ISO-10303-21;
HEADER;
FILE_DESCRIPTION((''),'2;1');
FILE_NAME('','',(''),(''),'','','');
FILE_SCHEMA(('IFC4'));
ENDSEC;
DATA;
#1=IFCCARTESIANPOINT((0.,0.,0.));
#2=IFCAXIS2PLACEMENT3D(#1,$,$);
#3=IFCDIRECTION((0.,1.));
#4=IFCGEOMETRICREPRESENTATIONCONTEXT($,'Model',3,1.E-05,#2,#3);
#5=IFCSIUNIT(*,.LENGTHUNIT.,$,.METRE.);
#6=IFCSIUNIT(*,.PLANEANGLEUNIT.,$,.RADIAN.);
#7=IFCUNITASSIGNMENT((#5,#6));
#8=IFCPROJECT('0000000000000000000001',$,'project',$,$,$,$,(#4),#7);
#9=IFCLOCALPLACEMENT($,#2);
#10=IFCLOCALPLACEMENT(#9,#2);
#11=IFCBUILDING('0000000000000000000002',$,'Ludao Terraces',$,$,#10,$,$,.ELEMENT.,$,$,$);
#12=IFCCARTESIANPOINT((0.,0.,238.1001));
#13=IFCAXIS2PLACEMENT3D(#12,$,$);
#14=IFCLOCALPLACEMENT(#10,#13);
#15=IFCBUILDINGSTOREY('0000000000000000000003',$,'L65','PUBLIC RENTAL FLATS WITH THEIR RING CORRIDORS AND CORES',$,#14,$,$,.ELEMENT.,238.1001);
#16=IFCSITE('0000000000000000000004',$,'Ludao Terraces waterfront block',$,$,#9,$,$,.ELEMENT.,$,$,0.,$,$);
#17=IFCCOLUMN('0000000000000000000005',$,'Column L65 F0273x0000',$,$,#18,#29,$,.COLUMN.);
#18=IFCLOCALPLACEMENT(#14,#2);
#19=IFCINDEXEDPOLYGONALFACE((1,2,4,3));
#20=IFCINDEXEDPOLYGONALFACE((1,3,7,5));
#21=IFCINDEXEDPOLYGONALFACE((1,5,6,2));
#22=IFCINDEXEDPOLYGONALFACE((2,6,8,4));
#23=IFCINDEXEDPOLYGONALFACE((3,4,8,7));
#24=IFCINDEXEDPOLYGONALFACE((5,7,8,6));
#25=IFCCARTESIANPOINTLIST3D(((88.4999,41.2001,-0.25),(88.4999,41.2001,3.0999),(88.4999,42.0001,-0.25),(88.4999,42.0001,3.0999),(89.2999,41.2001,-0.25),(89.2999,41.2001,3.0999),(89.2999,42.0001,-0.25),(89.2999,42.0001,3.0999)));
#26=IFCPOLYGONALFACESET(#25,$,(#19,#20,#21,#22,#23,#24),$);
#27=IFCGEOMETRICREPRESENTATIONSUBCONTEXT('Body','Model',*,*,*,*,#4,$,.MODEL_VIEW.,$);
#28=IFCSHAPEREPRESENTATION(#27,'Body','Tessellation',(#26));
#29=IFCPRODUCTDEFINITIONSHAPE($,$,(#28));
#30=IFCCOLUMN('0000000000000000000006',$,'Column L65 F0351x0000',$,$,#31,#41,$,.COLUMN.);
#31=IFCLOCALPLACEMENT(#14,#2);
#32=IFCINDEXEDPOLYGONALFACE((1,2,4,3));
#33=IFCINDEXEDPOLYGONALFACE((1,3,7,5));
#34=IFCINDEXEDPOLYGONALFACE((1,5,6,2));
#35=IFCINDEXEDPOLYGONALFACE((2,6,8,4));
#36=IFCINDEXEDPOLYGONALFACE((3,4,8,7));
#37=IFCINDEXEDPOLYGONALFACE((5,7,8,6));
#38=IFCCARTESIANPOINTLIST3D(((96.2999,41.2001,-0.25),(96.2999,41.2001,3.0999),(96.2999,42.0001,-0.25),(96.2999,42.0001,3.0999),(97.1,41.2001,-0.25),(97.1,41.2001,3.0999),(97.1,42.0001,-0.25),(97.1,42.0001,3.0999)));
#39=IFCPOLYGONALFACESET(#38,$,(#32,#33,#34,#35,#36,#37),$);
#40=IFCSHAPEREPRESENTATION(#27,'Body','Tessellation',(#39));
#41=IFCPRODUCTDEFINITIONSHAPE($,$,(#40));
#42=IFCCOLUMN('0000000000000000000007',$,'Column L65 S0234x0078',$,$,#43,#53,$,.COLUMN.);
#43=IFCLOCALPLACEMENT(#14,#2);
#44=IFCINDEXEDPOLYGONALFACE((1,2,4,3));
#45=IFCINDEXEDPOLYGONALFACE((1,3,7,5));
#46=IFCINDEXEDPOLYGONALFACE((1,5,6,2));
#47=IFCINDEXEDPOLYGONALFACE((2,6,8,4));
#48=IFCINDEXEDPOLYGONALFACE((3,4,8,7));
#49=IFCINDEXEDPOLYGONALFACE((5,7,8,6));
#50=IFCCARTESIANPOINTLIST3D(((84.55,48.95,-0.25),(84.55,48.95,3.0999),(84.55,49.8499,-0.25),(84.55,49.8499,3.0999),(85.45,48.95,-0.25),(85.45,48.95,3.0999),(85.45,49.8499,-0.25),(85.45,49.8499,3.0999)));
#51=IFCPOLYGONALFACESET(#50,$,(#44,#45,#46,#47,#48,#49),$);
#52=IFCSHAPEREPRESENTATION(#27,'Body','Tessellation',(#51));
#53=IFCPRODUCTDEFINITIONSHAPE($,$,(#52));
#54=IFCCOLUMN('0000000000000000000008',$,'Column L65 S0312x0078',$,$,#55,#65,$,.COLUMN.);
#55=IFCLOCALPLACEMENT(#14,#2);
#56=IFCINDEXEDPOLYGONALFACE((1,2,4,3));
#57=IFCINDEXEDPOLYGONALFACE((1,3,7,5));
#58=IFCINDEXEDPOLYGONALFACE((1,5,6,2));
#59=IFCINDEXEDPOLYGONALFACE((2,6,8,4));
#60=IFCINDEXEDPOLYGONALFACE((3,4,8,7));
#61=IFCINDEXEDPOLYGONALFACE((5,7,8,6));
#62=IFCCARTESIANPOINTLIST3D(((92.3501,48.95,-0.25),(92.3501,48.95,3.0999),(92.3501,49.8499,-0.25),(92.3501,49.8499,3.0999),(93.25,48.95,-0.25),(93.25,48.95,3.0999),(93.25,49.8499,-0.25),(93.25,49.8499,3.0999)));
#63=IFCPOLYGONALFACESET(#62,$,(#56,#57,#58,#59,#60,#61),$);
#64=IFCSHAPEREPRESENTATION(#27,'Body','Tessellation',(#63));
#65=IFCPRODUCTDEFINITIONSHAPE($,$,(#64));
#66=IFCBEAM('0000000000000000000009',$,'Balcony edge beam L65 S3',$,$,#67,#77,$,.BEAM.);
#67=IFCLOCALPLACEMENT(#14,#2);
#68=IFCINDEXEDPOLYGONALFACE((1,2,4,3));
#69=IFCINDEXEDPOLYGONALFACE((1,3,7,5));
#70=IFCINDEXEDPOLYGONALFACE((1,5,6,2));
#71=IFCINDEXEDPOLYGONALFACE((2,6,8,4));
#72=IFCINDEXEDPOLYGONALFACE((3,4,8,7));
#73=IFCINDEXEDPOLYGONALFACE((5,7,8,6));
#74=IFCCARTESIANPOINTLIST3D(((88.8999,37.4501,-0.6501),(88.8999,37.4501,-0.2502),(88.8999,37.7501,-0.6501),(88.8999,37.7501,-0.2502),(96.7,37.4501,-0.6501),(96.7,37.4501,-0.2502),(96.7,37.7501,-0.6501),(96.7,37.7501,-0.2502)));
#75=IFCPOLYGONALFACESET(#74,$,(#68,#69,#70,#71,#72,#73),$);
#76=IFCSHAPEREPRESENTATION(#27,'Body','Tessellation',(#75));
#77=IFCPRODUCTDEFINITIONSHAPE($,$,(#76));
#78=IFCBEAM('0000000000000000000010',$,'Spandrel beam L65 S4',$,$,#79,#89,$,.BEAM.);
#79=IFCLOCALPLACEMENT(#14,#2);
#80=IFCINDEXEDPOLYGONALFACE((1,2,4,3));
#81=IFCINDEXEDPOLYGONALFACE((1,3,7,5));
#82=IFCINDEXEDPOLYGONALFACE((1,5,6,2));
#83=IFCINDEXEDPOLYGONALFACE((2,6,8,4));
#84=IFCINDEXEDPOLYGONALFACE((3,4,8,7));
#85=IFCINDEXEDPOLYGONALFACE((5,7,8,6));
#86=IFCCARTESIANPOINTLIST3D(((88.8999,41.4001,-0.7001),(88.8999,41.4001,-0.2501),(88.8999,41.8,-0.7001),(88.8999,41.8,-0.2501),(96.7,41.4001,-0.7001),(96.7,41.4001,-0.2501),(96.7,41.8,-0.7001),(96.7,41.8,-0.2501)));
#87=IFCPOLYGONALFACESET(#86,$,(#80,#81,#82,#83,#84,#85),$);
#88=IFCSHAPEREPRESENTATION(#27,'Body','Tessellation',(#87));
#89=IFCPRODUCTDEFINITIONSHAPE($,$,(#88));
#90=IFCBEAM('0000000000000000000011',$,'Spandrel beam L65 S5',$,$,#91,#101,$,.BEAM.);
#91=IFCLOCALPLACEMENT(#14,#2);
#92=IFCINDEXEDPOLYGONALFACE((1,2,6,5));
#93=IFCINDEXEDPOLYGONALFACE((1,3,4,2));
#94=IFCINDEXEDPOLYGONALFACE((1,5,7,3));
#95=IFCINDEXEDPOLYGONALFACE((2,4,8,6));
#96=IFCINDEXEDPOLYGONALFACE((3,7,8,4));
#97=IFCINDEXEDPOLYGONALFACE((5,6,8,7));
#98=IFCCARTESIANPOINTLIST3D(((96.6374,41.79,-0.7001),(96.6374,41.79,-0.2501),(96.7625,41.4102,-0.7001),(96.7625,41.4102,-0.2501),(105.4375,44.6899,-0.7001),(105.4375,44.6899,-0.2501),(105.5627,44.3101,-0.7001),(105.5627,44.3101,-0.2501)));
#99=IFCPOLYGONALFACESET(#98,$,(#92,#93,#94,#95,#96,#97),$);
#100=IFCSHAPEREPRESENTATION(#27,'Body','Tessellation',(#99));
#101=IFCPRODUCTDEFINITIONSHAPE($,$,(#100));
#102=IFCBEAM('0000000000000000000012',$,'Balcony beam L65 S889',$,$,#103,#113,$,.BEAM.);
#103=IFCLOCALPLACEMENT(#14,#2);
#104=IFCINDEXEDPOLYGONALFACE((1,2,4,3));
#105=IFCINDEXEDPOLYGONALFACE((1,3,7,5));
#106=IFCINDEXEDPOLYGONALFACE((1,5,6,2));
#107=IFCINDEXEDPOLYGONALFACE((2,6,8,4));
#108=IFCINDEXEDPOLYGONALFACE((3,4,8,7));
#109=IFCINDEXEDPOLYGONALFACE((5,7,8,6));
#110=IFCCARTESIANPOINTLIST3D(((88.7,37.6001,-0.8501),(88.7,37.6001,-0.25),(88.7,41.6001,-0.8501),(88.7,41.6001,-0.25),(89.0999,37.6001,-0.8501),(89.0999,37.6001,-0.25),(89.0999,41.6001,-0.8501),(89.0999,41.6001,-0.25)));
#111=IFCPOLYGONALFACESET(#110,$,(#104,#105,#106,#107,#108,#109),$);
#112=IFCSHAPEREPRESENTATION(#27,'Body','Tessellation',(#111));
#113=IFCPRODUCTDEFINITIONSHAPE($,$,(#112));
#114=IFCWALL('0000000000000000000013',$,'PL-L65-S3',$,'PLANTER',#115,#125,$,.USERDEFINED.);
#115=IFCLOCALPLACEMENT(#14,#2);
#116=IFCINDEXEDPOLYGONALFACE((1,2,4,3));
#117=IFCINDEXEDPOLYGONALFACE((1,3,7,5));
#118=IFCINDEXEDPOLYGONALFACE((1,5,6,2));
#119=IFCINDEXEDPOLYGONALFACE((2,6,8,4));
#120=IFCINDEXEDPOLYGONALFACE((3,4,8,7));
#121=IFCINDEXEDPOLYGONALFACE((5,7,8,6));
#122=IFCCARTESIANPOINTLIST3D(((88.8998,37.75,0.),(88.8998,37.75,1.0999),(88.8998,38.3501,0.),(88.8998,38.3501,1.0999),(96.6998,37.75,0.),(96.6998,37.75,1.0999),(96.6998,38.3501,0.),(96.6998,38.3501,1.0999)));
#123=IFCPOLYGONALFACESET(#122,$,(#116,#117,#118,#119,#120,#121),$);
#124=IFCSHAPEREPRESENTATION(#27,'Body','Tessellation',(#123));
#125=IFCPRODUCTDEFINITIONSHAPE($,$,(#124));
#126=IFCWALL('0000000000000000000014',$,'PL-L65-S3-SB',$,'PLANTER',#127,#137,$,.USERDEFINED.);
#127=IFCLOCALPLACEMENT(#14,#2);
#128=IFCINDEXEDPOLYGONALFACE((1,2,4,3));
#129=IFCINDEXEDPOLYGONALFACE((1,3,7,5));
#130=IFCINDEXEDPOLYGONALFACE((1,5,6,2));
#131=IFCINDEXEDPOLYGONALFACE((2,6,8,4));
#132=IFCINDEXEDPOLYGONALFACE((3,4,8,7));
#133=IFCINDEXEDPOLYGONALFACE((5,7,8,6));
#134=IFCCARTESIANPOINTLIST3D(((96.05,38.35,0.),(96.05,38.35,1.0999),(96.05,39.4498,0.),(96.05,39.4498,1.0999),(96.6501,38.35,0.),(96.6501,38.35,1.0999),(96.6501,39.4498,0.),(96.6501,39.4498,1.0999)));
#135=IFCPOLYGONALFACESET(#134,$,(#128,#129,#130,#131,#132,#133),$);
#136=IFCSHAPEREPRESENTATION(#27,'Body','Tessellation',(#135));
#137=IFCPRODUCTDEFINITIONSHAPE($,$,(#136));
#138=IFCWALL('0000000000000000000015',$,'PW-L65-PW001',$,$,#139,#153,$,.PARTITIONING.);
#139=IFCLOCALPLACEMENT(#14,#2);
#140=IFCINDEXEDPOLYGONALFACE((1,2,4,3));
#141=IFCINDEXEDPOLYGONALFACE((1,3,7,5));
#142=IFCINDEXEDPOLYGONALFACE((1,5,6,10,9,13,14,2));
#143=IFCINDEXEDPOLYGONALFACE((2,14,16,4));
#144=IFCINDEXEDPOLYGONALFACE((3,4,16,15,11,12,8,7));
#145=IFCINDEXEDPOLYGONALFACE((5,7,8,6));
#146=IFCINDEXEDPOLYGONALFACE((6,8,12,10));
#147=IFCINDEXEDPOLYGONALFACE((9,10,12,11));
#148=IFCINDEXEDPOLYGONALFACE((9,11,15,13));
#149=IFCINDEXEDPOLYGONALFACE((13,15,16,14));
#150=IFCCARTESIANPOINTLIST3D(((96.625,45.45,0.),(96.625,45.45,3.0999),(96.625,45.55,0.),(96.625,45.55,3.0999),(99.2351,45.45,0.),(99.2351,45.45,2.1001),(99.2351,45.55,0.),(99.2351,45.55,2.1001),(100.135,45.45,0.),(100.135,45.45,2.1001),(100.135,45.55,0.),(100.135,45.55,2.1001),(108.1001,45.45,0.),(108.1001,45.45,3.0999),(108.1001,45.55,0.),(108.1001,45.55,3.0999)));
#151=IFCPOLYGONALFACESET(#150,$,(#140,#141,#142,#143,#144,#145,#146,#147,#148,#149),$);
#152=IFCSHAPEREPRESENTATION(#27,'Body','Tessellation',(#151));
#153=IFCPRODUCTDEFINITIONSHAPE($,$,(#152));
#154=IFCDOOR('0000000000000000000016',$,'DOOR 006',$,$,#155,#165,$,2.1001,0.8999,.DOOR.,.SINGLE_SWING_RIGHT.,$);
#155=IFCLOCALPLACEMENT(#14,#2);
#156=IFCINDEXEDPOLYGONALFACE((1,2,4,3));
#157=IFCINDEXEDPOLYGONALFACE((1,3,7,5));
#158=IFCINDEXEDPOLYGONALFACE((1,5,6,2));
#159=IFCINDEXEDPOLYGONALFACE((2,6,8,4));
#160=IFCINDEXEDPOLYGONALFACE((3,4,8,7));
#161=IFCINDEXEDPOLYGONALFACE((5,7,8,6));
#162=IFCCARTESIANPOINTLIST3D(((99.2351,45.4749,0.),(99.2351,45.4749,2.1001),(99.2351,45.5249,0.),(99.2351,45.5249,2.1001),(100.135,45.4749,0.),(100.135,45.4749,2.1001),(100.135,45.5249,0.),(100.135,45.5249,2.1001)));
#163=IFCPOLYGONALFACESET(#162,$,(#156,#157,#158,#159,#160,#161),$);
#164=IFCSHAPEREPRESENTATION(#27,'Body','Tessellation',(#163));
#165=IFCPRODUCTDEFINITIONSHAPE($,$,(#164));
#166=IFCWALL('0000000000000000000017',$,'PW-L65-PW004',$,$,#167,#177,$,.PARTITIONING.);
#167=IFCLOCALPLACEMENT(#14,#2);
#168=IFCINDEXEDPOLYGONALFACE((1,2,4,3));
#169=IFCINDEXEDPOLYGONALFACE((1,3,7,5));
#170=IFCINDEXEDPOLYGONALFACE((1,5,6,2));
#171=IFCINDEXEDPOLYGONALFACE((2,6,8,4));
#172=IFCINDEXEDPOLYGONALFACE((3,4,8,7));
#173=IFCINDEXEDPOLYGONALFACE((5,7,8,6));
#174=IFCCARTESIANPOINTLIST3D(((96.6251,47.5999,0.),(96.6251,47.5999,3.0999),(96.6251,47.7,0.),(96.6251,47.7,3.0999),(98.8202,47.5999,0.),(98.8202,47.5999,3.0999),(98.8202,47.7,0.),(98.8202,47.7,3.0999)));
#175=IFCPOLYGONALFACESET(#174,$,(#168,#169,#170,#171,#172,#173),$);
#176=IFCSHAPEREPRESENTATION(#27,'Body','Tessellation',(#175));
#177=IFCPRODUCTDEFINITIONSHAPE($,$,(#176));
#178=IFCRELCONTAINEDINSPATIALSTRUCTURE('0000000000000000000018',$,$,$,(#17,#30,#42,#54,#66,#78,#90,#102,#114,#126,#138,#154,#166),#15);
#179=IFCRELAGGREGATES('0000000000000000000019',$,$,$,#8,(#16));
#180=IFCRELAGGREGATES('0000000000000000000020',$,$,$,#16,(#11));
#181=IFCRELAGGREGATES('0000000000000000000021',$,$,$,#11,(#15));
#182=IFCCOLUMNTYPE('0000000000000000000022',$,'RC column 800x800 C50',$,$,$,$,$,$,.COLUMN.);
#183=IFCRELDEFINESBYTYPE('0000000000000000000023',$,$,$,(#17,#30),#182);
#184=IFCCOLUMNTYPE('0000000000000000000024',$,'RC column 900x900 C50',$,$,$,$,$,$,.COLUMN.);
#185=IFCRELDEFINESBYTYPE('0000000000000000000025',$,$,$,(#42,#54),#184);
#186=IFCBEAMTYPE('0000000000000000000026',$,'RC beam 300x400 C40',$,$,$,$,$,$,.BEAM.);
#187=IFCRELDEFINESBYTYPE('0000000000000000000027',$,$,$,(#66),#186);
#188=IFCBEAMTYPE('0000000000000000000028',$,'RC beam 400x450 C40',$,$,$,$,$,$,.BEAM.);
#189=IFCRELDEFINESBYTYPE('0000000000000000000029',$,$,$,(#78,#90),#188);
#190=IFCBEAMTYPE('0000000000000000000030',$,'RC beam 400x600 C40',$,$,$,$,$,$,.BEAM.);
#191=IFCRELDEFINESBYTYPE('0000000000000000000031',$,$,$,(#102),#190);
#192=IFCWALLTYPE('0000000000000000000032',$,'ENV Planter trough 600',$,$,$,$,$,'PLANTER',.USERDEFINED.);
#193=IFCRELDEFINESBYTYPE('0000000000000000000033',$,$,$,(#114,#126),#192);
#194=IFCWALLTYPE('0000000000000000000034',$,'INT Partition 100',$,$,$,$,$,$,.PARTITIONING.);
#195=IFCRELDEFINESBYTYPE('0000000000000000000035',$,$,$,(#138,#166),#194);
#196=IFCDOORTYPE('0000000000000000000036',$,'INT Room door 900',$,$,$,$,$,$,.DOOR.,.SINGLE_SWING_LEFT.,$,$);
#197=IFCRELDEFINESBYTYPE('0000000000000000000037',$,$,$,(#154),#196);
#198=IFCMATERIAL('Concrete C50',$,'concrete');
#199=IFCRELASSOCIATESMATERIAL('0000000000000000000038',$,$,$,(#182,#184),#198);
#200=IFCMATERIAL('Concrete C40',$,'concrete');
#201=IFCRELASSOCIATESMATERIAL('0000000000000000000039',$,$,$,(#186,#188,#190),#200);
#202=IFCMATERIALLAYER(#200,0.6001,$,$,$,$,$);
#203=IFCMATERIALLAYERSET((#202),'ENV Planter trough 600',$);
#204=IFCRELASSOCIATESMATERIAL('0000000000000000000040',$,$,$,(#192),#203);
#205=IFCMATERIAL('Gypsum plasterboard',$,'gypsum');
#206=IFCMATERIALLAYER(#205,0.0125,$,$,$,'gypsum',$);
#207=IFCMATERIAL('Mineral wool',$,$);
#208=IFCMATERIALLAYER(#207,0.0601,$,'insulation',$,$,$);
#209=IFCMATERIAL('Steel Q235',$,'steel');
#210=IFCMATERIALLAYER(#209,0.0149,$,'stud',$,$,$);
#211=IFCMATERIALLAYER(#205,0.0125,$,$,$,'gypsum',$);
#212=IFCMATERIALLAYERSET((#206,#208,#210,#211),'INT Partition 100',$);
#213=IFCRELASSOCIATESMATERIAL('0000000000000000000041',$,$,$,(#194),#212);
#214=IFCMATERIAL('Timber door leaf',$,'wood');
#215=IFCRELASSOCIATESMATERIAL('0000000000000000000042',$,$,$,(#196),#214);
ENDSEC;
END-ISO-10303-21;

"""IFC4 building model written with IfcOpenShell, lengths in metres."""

from ifc_helpers import new_model, si_unit, direction, frame, frame_2d, origin, origin_2d, place, context, subcontext, project, spatial, rectangle, extrude, material, layer, layer_set, material_profile, profile_set, type_object, element, fill, save


model = new_model("IFC4")

# Units and contexts
model_context = context("Model", 3, precision=1e-05, world=origin(), true_north=direction((0.0, 1.0)))
body_context = subcontext(model_context, "Body", "Model", "MODEL_VIEW")
ifc_project = project(units=[si_unit("LENGTHUNIT", "METRE"), si_unit("PLANEANGLEUNIT", "RADIAN")], contexts=[model_context])

# Site, building, storey
site_placement = place(None, origin())
site = spatial("IfcSite", under=ifc_project, at=site_placement, Name="Ludao Terraces waterfront block", CompositionType="ELEMENT", RefElevation=0.0)
building_placement = place(site_placement, origin())
building = spatial("IfcBuilding", under=site, at=building_placement, Name="Ludao Terraces", CompositionType="ELEMENT")
storey_placement = place(building_placement, frame((0.0, 0.0, 238.1001)))
storey = spatial("IfcBuildingStorey", under=building, at=storey_placement, Name="L65", Description="PUBLIC RENTAL FLATS WITH THEIR RING CORRIDORS AND CORES", CompositionType="ELEMENT", Elevation=238.1001)

# Columns
ifc_material_1 = material(Name="Concrete C50", Category="concrete")
ifc_material_profile_1 = material_profile(ifc_material_1, rectangle(XDim=0.8, YDim=0.8, at=origin_2d()), Name="800 X 800")
ifc_profile_set_1 = profile_set([ifc_material_profile_1], Name="Concrete C50")
column_type_1 = type_object("IfcColumnType", Name="RC column 800x800 C50", PredefinedType="COLUMN", material=ifc_profile_set_1)
for number, where, z_axis, x_axis, name in (
    (1, (88.8999, 41.6001, -0.25), (0.0, 0.0, 1.0), (1.0, 0.0, 0.0), "Column L65 F0273x0000"),
    (2, (96.7, 41.6001, -0.25), (0.0, 0.0, 1.0), (1.0, 0.0, 0.0), "Column L65 F0351x0000"),
):
    element("IfcColumn", number, at=place(storey_placement, frame(where, z_axis=z_axis, x_axis=x_axis)), inside=storey, type_object=column_type_1, Name=name, PredefinedType="COLUMN", context=body_context, shape_type="SweptSolid", body=[
        extrude(rectangle(XDim=0.8, YDim=0.8, at=origin_2d()), origin(), (0.0, 0.0, 1.0), 3.3499),
    ])
ifc_material_profile_2 = material_profile(ifc_material_1, rectangle(XDim=0.8999, YDim=0.8999, at=origin_2d()), Name="900 X 900")
ifc_profile_set_2 = profile_set([ifc_material_profile_2], Name="Concrete C50")
column_type_2 = type_object("IfcColumnType", Name="RC column 900x900 C50", PredefinedType="COLUMN", material=ifc_profile_set_2)
for number, where, z_axis, x_axis, name in (
    (3, (85.0, 49.3999, -0.25), (0.0, 0.0, 1.0), (1.0, 0.0, 0.0), "Column L65 S0234x0078"),
    (4, (92.8, 49.3999, -0.25), (0.0, 0.0, 1.0), (1.0, 0.0, 0.0), "Column L65 S0312x0078"),
):
    element("IfcColumn", number, at=place(storey_placement, frame(where, z_axis=z_axis, x_axis=x_axis)), inside=storey, type_object=column_type_2, Name=name, PredefinedType="COLUMN", context=body_context, shape_type="SweptSolid", body=[
        extrude(rectangle(XDim=0.8999, YDim=0.8999, at=origin_2d()), origin(), (0.0, 0.0, 1.0), 3.3499),
    ])

# Beams
ifc_material_2 = material(Name="Concrete C40", Category="concrete")
ifc_material_profile_3 = material_profile(ifc_material_2, rectangle(XDim=0.3, YDim=0.3999, at=origin_2d()), Name="300 X 400")
ifc_profile_set_3 = profile_set([ifc_material_profile_3], Name="Concrete C40")
beam_type_1 = type_object("IfcBeamType", Name="RC beam 300x400 C40", PredefinedType="BEAM", material=ifc_profile_set_3)
beam_1_placement = place(storey_placement, frame((88.8999, 37.6001, -0.4502), z_axis=(1.0, 0.0, 0.0), x_axis=(0.0, 1.0, 0.0)))
element("IfcBeam", 5, at=beam_1_placement, inside=storey, type_object=beam_type_1, Name="Balcony edge beam L65 S3", PredefinedType="BEAM", context=body_context, shape_type="SweptSolid", body=[
    extrude(rectangle(XDim=0.3, YDim=0.3999, at=origin_2d()), origin(), (0.0, 0.0, 1.0), 7.8),
])
ifc_material_profile_4 = material_profile(ifc_material_2, rectangle(XDim=0.3999, YDim=0.45, at=origin_2d()), Name="400 X 450")
ifc_profile_set_4 = profile_set([ifc_material_profile_4], Name="Concrete C40")
beam_type_2 = type_object("IfcBeamType", Name="RC beam 400x450 C40", PredefinedType="BEAM", material=ifc_profile_set_4)
beam_2_placement = place(storey_placement, frame((88.8999, 41.6001, -0.4751), z_axis=(1.0, 0.0, 0.0), x_axis=(0.0, 1.0, 0.0)))
element("IfcBeam", 6, at=beam_2_placement, inside=storey, type_object=beam_type_2, Name="Spandrel beam L65 S4", PredefinedType="BEAM", context=body_context, shape_type="SweptSolid", body=[
    extrude(rectangle(XDim=0.3999, YDim=0.45, at=origin_2d()), origin(), (0.0, 0.0, 1.0), 7.8),
])
beam_3_placement = place(storey_placement, frame((96.7, 41.6001, -0.4751), z_axis=(0.949761, 0.312977, 0.0), x_axis=(-0.312977, 0.949761, 0.0)))
element("IfcBeam", 7, at=beam_3_placement, inside=storey, type_object=beam_type_2, Name="Spandrel beam L65 S5", PredefinedType="BEAM", context=body_context, shape_type="SweptSolid", body=[
    extrude(rectangle(XDim=0.3999, YDim=0.45, at=origin_2d()), origin(), (0.0, 0.0, 1.0), 9.2656),
])
ifc_material_profile_5 = material_profile(ifc_material_2, rectangle(XDim=0.3999, YDim=0.6001, at=origin_2d()), Name="400 X 600")
ifc_profile_set_5 = profile_set([ifc_material_profile_5], Name="Concrete C40")
beam_type_3 = type_object("IfcBeamType", Name="RC beam 400x600 C40", PredefinedType="BEAM", material=ifc_profile_set_5)
beam_4_placement = place(storey_placement, frame((88.8999, 41.6001, -0.55), z_axis=(0.0, -1.0, 0.0), x_axis=(1.0, 0.0, 0.0)))
element("IfcBeam", 8, at=beam_4_placement, inside=storey, type_object=beam_type_3, Name="Balcony beam L65 S889", PredefinedType="BEAM", context=body_context, shape_type="SweptSolid", body=[
    extrude(rectangle(XDim=0.3999, YDim=0.6001, at=origin_2d()), origin(), (0.0, 0.0, 1.0), 4.0),
])

# Walls
ifc_layer_1 = layer(ifc_material_2, 0.6001)
ifc_layer_set_1 = layer_set([ifc_layer_1], Name="ENV Planter trough 600")
wall_type_1 = type_object("IfcWallType", Name="ENV Planter trough 600", ElementType="PLANTER", PredefinedType="USERDEFINED", material=ifc_layer_set_1)
wall_1_placement = place(storey_placement, frame((88.8999, 38.05, 0.0), z_axis=(0.0, 0.0, 1.0), x_axis=(1.0, 0.0, 0.0)))
element("IfcWall", 9, at=wall_1_placement, inside=storey, type_object=wall_type_1, Name="PL-L65-S3", ObjectType="PLANTER", PredefinedType="USERDEFINED", context=body_context, shape_type="SweptSolid", body=[
    extrude(rectangle(XDim=7.8, YDim=0.6001, at=frame_2d((3.8999, 0.0))), origin(), (0.0, 0.0, 1.0), 1.0999),
])
wall_2_placement = place(storey_placement, frame((96.3501, 38.3501, 0.0), z_axis=(0.0, 0.0, 1.0), x_axis=(0.0, 1.0, 0.0)))
element("IfcWall", 10, at=wall_2_placement, inside=storey, type_object=wall_type_1, Name="PL-L65-S3-SB", ObjectType="PLANTER", PredefinedType="USERDEFINED", context=body_context, shape_type="SweptSolid", body=[
    extrude(rectangle(XDim=1.0999, YDim=0.6001, at=frame_2d((0.5498, 0.0))), origin(), (0.0, 0.0, 1.0), 1.0999),
])

# Shared definitions
ifc_material_3 = material(Name="Mineral wool")

# Wall, opening, door
ifc_material_4 = material(Name="Gypsum plasterboard", Category="gypsum")
ifc_layer_2 = layer(ifc_material_4, 0.0125, Category="gypsum")
ifc_layer_3 = layer(ifc_material_3, 0.0601, Name="insulation")
ifc_material_5 = material(Name="Steel Q235", Category="steel")
ifc_layer_4 = layer(ifc_material_5, 0.0149, Name="stud")
ifc_layer_5 = layer(ifc_material_4, 0.0125, Category="gypsum")
ifc_layer_set_2 = layer_set([ifc_layer_2, ifc_layer_3, ifc_layer_4, ifc_layer_5], Name="INT Partition 100")
wall_type_2 = type_object("IfcWallType", Name="INT Partition 100", PredefinedType="PARTITIONING", material=ifc_layer_set_2)
wall_3_placement = place(storey_placement, frame((96.625, 45.5, 0.0), z_axis=(0.0, 0.0, 1.0), x_axis=(1.0, 0.0, 0.0)))
wall_3 = element("IfcWall", 11, at=wall_3_placement, inside=storey, type_object=wall_type_2, Name="PW-L65-PW001", PredefinedType="PARTITIONING", context=body_context, shape_type="SweptSolid", body=[
    extrude(rectangle(XDim=11.4751, YDim=0.1001, at=frame_2d((5.7375, 0.0))), origin(), (0.0, 0.0, 1.0), 3.0999),
])
opening_1_placement = place(wall_3_placement, frame((2.6101, 0.0, 0.0)))
opening_1 = element("IfcOpeningElement", 12, at=opening_1_placement, cuts=wall_3, PredefinedType="OPENING", context=body_context, shape_type="SweptSolid", body=[
    extrude(rectangle(XDim=0.8999, YDim=2.1001, at=frame_2d((0.45, 1.05))), frame((0.0, 0.0601, 0.0), z_axis=(0.0, -1.0, 0.0), x_axis=(1.0, 0.0, 0.0)), (0.0, 0.0, 1.0), 0.1201),
])
ifc_material_6 = material(Name="Timber door leaf", Category="wood")
door_type_1 = type_object("IfcDoorType", Name="INT Room door 900", OperationType="SINGLE_SWING_LEFT", PredefinedType="DOOR", material=ifc_material_6)
door_1_placement = place(opening_1_placement, origin())
door_1 = element("IfcDoor", 13, at=door_1_placement, inside=storey, type_object=door_type_1, Name="DOOR 006", OperationType="SINGLE_SWING_RIGHT", OverallHeight=2.1001, OverallWidth=0.8999, PredefinedType="DOOR", context=body_context, shape_type="SweptSolid", body=[
    extrude(rectangle(XDim=0.8999, YDim=2.1001, at=frame_2d((0.45, 1.05))), frame((0.0, 0.0249, 0.0), z_axis=(0.0, -1.0, 0.0), x_axis=(1.0, 0.0, 0.0)), (0.0, 0.0, 1.0), 0.05),
])
fill(opening_1, door_1)

# Wall
wall_4_placement = place(storey_placement, frame((96.625, 47.6499, 0.0), z_axis=(0.0, 0.0, 1.0), x_axis=(1.0, 0.0, 0.0)))
element("IfcWall", 14, at=wall_4_placement, inside=storey, type_object=wall_type_2, Name="PW-L65-PW004", PredefinedType="PARTITIONING", context=body_context, shape_type="SweptSolid", body=[
    extrude(rectangle(XDim=2.1951, YDim=0.1001, at=frame_2d((1.0977, 0.0))), origin(), (0.0, 0.0, 1.0), 3.0999),
])

save(model, "model.ifc")
